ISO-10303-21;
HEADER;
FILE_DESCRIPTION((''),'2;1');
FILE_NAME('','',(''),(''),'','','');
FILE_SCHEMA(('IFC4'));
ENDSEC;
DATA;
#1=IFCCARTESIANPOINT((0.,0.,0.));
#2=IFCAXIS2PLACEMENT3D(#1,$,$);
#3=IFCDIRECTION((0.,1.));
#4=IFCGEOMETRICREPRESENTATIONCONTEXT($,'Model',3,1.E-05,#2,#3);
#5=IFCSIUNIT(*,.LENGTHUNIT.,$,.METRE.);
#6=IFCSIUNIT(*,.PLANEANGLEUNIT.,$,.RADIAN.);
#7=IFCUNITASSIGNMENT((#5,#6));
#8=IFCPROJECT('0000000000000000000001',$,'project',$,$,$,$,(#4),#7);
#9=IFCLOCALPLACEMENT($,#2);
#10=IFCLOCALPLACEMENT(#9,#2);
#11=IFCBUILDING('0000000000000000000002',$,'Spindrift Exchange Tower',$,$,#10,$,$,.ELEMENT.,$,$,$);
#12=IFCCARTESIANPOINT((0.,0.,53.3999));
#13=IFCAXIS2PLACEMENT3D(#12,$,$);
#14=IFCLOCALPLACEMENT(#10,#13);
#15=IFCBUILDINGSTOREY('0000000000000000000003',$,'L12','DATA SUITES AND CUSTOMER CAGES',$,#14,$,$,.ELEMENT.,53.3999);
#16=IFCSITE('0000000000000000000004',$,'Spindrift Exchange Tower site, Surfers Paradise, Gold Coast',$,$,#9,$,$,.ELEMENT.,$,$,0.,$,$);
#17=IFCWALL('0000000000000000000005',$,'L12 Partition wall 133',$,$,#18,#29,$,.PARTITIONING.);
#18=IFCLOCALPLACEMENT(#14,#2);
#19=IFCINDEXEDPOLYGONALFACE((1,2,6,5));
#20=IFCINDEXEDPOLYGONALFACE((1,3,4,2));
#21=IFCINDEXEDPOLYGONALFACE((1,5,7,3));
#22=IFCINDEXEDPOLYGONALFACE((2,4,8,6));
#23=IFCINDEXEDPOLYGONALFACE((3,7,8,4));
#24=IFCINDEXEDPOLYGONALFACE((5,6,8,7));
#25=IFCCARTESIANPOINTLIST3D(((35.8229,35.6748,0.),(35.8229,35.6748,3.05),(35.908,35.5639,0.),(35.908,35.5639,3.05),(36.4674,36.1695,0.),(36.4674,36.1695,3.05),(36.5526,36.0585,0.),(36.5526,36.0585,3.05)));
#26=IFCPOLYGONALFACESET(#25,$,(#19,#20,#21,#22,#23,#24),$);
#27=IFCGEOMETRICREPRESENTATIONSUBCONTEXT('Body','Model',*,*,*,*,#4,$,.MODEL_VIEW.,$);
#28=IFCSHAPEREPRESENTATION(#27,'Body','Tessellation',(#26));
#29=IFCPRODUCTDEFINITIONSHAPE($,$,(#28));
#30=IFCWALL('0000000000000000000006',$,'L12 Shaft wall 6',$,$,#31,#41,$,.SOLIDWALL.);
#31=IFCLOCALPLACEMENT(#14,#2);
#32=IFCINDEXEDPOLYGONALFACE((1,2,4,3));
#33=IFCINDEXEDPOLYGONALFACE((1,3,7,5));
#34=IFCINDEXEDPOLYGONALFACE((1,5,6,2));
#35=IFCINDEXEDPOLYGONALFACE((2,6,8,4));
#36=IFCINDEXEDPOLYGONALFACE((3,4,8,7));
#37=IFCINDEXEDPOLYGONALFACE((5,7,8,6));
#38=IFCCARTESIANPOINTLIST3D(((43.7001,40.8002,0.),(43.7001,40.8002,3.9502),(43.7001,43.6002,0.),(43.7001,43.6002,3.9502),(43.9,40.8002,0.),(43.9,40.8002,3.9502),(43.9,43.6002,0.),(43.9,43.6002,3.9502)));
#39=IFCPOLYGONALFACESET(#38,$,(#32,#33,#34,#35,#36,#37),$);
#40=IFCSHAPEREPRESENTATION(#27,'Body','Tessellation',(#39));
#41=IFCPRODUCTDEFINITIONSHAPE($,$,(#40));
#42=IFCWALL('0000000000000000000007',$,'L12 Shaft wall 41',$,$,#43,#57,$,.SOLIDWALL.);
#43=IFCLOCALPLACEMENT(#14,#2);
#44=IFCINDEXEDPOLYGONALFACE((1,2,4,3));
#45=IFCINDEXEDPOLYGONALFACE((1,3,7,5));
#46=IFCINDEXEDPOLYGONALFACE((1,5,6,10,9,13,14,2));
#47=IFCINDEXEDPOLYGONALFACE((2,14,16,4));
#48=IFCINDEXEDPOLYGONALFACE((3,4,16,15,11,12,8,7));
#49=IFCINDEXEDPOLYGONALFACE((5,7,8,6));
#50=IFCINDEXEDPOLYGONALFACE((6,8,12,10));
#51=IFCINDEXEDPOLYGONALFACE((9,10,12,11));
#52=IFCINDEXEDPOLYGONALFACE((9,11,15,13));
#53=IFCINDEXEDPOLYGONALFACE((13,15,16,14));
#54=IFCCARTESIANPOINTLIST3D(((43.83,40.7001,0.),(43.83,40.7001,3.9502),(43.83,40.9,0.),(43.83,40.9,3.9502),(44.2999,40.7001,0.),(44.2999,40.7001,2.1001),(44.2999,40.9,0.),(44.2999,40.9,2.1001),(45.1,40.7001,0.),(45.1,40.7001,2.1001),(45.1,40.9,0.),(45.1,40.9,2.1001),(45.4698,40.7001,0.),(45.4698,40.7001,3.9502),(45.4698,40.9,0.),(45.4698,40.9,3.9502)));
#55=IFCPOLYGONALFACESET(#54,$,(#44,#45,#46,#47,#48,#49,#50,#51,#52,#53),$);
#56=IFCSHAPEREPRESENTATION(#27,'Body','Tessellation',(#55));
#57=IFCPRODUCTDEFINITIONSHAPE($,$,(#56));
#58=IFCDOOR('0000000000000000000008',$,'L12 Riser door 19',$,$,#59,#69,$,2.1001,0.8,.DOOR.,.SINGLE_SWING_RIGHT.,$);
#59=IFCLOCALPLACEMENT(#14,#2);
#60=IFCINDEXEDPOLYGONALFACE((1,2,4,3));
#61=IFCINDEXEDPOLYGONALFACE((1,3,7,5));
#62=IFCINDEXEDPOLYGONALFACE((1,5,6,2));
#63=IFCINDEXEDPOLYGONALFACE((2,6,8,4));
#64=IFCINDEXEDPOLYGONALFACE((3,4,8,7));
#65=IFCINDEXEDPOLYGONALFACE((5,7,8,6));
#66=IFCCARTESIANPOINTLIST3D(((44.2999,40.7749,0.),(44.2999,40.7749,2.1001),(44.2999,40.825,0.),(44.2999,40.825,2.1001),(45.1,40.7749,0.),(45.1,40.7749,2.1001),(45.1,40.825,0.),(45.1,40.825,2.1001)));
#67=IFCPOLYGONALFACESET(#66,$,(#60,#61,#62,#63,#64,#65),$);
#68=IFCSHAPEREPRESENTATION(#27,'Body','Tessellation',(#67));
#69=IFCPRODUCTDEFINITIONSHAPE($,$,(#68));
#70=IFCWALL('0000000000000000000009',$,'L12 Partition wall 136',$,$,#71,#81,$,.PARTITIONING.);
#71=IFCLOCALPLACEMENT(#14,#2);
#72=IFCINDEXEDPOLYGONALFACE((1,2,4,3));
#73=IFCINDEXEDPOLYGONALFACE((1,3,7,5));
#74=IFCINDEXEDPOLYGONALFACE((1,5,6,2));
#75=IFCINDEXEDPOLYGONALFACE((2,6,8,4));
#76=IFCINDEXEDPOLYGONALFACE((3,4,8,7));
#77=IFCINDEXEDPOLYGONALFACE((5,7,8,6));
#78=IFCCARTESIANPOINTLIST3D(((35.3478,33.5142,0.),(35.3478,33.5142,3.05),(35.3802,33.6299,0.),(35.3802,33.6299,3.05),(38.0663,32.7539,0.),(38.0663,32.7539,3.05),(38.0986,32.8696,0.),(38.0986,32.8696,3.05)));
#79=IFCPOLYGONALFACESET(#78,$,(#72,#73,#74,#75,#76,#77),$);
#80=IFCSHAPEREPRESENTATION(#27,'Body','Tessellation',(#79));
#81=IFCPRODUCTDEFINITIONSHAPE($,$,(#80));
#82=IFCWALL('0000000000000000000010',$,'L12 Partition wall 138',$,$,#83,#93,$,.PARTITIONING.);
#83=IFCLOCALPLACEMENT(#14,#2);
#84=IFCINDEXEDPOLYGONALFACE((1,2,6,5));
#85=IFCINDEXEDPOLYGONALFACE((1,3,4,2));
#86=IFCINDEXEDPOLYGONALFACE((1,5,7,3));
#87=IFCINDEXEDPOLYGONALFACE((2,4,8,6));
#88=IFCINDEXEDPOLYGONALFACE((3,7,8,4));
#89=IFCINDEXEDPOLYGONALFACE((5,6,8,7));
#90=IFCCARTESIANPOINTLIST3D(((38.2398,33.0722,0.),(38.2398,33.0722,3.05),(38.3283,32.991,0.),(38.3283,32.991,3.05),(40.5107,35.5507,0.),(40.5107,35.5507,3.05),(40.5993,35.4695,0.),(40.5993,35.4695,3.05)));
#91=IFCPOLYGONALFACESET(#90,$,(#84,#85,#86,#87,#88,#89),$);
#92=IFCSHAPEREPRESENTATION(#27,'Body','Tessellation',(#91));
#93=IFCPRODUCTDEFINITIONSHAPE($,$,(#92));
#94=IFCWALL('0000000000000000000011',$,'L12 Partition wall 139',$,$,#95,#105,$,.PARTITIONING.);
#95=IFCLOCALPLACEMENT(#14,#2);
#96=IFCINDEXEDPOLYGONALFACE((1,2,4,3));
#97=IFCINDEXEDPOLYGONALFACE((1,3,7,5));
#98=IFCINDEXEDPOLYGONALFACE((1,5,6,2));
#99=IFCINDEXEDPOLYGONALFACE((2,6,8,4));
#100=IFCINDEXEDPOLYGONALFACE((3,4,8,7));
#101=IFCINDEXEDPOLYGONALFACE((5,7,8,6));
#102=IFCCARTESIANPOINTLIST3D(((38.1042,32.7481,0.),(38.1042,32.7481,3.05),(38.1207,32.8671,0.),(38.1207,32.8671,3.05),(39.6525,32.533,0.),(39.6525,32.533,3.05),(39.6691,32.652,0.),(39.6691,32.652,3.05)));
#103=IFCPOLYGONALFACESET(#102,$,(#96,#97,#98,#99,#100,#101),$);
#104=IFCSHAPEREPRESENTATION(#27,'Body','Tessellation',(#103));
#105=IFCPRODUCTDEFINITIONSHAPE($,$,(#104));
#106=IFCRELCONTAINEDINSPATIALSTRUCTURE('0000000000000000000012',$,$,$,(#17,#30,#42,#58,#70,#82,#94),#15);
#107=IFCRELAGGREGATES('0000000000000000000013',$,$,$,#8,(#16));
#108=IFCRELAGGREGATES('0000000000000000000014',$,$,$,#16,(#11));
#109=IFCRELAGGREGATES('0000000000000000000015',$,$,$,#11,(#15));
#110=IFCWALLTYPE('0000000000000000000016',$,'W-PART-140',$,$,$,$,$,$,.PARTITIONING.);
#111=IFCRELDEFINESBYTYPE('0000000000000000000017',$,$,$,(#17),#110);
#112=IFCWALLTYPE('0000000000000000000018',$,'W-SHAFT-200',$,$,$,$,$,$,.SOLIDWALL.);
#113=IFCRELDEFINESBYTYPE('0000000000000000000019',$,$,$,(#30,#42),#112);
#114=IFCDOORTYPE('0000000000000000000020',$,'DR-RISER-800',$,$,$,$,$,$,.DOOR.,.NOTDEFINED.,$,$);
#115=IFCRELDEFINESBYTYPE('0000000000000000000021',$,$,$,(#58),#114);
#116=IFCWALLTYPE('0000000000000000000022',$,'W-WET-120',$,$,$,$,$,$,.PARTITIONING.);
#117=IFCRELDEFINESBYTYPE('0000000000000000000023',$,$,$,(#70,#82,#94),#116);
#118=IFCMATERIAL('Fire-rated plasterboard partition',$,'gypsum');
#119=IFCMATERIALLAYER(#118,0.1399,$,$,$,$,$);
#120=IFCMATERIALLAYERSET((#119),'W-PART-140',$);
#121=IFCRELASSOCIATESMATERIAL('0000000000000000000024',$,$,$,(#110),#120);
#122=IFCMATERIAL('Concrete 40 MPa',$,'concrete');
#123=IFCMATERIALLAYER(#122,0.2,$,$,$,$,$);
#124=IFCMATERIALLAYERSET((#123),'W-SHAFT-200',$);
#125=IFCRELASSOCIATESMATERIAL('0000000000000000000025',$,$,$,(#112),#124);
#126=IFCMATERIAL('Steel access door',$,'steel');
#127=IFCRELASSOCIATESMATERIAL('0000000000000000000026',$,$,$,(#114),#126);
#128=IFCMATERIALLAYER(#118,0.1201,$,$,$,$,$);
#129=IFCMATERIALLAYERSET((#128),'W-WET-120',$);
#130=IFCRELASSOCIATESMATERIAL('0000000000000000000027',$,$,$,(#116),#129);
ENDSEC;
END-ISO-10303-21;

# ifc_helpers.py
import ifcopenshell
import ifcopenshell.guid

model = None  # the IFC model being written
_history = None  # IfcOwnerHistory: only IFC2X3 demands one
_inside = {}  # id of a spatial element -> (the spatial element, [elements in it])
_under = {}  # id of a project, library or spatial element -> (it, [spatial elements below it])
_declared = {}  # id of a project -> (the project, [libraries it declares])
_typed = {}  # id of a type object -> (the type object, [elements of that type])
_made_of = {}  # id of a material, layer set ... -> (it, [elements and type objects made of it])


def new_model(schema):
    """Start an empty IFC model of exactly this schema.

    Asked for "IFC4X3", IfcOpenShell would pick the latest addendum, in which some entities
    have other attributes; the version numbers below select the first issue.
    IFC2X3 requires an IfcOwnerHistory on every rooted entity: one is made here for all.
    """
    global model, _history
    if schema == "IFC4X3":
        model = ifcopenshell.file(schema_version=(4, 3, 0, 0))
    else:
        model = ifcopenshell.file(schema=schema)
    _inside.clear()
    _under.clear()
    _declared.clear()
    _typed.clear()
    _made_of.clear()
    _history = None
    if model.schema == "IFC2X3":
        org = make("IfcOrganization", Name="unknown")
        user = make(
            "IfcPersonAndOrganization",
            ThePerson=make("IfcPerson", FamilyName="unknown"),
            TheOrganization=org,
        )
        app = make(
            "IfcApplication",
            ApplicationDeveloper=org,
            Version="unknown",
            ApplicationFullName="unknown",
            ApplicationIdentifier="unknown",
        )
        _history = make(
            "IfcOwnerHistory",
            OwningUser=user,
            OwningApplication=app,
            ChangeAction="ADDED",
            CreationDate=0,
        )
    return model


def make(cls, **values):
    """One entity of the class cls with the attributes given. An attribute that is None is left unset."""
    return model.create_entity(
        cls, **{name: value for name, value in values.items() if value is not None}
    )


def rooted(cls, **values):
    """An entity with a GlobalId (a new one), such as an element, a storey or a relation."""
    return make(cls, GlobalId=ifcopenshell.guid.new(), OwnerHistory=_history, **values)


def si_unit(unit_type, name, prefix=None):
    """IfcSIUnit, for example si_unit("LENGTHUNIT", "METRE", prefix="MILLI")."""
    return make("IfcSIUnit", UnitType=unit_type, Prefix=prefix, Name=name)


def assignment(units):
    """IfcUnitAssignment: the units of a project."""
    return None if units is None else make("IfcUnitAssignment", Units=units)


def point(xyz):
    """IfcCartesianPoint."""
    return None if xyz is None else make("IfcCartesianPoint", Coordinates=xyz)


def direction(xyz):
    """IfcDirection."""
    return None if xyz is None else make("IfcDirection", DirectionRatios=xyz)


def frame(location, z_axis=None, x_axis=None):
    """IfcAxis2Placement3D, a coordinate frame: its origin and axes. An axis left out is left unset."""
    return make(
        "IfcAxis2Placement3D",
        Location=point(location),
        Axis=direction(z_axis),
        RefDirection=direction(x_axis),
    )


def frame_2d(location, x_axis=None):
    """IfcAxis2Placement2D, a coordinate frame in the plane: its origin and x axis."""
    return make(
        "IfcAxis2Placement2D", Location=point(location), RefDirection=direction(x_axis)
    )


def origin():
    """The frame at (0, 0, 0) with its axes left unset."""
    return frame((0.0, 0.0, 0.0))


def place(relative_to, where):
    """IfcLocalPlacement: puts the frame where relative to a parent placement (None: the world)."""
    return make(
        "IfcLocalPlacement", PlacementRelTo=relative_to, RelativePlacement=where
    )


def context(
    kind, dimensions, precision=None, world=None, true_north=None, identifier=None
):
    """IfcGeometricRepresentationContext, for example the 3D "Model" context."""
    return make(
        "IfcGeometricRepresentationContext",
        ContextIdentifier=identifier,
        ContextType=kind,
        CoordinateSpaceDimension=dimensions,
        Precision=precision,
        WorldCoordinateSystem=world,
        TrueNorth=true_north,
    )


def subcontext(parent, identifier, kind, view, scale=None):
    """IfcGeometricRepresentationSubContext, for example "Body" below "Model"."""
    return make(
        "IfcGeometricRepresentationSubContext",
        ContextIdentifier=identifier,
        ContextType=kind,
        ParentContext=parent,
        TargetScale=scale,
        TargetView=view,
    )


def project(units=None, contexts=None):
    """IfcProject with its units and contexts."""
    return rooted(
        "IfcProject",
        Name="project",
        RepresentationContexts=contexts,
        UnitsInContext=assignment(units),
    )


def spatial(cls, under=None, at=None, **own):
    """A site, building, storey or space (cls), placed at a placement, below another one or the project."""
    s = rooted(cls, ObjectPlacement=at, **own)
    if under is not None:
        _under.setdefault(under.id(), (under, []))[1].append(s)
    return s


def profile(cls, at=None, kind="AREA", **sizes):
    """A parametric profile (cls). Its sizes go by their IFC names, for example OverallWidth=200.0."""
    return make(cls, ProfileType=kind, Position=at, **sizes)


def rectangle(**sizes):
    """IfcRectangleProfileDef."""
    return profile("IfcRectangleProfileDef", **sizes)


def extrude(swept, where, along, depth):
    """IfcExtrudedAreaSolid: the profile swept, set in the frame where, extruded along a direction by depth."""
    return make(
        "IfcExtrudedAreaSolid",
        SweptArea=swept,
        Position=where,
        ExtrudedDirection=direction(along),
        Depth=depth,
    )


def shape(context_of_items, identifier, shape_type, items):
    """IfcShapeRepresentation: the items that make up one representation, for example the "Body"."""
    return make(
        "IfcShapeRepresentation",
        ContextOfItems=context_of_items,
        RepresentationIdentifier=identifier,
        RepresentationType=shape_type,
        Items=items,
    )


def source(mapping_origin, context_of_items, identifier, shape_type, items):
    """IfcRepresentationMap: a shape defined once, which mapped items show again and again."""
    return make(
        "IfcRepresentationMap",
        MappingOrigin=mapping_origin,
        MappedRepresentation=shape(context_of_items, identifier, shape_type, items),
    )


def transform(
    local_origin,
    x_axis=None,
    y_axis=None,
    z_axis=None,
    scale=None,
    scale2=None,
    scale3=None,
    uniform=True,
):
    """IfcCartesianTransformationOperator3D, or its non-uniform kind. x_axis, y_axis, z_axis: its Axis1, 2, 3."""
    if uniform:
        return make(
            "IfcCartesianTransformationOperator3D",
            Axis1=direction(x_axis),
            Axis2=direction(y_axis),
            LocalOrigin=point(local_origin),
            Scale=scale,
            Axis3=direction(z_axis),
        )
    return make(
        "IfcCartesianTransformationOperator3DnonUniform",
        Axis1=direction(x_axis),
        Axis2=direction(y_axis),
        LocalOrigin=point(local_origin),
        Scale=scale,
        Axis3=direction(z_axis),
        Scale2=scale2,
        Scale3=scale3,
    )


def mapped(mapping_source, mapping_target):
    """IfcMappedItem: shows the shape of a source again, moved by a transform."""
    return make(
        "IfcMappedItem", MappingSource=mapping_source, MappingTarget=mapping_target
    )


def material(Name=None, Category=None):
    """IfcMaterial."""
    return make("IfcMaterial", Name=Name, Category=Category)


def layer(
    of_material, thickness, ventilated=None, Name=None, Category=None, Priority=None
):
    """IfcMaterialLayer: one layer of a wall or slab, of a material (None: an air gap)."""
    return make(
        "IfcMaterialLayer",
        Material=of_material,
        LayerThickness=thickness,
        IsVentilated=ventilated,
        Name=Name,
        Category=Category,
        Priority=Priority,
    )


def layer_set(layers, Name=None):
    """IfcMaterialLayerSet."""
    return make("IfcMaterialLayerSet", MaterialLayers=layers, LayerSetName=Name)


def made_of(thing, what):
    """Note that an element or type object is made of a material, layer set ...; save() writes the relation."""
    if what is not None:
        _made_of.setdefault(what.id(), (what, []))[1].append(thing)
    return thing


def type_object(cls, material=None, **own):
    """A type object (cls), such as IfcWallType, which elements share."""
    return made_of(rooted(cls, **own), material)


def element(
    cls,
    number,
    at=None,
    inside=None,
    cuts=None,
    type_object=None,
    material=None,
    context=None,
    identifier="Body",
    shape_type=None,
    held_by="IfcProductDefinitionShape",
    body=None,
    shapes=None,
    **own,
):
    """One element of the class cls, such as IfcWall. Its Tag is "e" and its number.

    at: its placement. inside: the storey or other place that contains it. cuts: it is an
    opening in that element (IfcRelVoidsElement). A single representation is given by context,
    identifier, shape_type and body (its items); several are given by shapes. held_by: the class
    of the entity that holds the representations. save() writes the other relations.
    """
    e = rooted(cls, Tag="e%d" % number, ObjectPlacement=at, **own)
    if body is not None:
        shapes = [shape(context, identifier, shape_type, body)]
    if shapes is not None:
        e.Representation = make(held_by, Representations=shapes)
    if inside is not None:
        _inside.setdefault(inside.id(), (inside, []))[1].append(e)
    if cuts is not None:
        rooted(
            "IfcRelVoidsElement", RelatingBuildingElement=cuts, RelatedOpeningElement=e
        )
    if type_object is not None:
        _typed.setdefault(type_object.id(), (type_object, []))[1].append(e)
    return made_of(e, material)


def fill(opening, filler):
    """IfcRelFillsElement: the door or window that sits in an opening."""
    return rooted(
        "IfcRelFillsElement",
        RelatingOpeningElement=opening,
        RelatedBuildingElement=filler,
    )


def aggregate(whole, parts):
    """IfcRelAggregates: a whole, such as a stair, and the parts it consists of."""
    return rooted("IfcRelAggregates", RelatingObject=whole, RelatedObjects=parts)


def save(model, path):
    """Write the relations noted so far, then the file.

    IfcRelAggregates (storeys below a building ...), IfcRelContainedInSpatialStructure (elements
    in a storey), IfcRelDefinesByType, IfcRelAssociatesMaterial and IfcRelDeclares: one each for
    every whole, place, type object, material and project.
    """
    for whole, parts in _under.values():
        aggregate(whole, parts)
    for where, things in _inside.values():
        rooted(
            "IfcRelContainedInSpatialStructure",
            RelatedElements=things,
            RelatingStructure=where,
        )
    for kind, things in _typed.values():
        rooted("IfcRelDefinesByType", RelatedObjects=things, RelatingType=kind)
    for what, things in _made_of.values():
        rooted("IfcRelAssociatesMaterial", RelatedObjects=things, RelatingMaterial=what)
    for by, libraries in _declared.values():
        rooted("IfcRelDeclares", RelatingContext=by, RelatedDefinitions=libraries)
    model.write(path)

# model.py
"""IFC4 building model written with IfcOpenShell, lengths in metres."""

from ifc_helpers import new_model, si_unit, direction, frame, frame_2d, origin, place, context, subcontext, project, spatial, rectangle, extrude, source, transform, mapped, material, layer, layer_set, type_object, element, fill, save


model = new_model("IFC4")

# Units and contexts
model_context = context("Model", 3, precision=1e-05, world=origin(), true_north=direction((0.0, 1.0)))
body_context = subcontext(model_context, "Body", "Model", "MODEL_VIEW")
ifc_project = project(units=[si_unit("LENGTHUNIT", "METRE"), si_unit("PLANEANGLEUNIT", "RADIAN")], contexts=[model_context])

# Site, building, storey
site_placement = place(None, origin())
site = spatial("IfcSite", under=ifc_project, at=site_placement, Name="Spindrift Exchange Tower site, Surfers Paradise, Gold Coast", CompositionType="ELEMENT", RefElevation=0.0)
building_placement = place(site_placement, origin())
building = spatial("IfcBuilding", under=site, at=building_placement, Name="Spindrift Exchange Tower", CompositionType="ELEMENT")
storey_placement = place(building_placement, frame((0.0, 0.0, 53.3999)))
storey = spatial("IfcBuildingStorey", under=building, at=storey_placement, Name="L12", Description="DATA SUITES AND CUSTOMER CAGES", CompositionType="ELEMENT", Elevation=53.3999)

# Shared definitions
ifc_material_1 = material(Name="Fire-rated plasterboard partition", Category="gypsum")

# Shared definitions
ifc_material_2 = material(Name="Steel access door", Category="steel")

# Walls
ifc_layer_1 = layer(ifc_material_1, 0.1399)
ifc_layer_set_1 = layer_set([ifc_layer_1], Name="W-PART-140")
wall_type_1 = type_object("IfcWallType", Name="W-PART-140", PredefinedType="PARTITIONING", material=ifc_layer_set_1)
wall_1_placement = place(storey_placement, frame((36.51, 36.114, 0.0), z_axis=(0.0, 0.0, 1.0), x_axis=(-0.793316, -0.60881, 0.0)))
element("IfcWall", 1, at=wall_1_placement, inside=storey, type_object=wall_type_1, Name="L12 Partition wall 133", PredefinedType="PARTITIONING", context=body_context, shape_type="SweptSolid", body=[
    extrude(rectangle(XDim=0.8125, YDim=0.1399, at=frame_2d((0.4062, 0.0))), origin(), (0.0, 0.0, 1.0), 3.05),
])
ifc_material_3 = material(Name="Concrete 40 MPa", Category="concrete")
ifc_layer_2 = layer(ifc_material_3, 0.2)
ifc_layer_set_2 = layer_set([ifc_layer_2], Name="W-SHAFT-200")
wall_type_2 = type_object("IfcWallType", Name="W-SHAFT-200", PredefinedType="SOLIDWALL", material=ifc_layer_set_2)
wall_2_placement = place(storey_placement, frame((43.8, 43.6001, 0.0), z_axis=(0.0, 0.0, 1.0), x_axis=(0.0, -1.0, 0.0)))
element("IfcWall", 2, at=wall_2_placement, inside=storey, type_object=wall_type_2, Name="L12 Shaft wall 6", PredefinedType="SOLIDWALL", context=body_context, shape_type="SweptSolid", body=[
    extrude(rectangle(XDim=2.8, YDim=0.2, at=frame_2d((1.3999, 0.0))), origin(), (0.0, 0.0, 1.0), 3.9502),
])

# Wall, opening, door
wall_3_placement = place(storey_placement, frame((43.8301, 40.8, 0.0), z_axis=(0.0, 0.0, 1.0), x_axis=(1.0, 0.0, 0.0)))
wall_3 = element("IfcWall", 3, at=wall_3_placement, inside=storey, type_object=wall_type_2, Name="L12 Shaft wall 41", PredefinedType="SOLIDWALL", context=body_context, shape_type="SweptSolid", body=[
    extrude(rectangle(XDim=1.6399, YDim=0.2, at=frame_2d((0.8198, 0.0))), origin(), (0.0, 0.0, 1.0), 3.9502),
])
opening_1_placement = place(wall_3_placement, frame((0.47, 0.0, 0.0)))
opening_1 = element("IfcOpeningElement", 4, at=opening_1_placement, cuts=wall_3, PredefinedType="OPENING", context=body_context, shape_type="SweptSolid", body=[
    extrude(rectangle(XDim=0.8, YDim=2.1001, at=frame_2d((0.3999, 1.05))), frame((0.0, 0.1099, 0.0), z_axis=(0.0, -1.0, 0.0), x_axis=(1.0, 0.0, 0.0)), (0.0, 0.0, 1.0), 0.22),
])
door_type_1 = type_object("IfcDoorType", Name="DR-RISER-800", OperationType="NOTDEFINED", PredefinedType="DOOR", material=ifc_material_2)
shared_shape_1 = source(origin(), body_context, "Body", "SweptSolid", [
    extrude(rectangle(XDim=0.8, YDim=2.1001, at=frame_2d((0.3999, 1.05))), frame((0.0, 0.0249, 0.0), z_axis=(0.0, -1.0, 0.0), x_axis=(1.0, 0.0, 0.0)), (0.0, 0.0, 1.0), 0.05),
])
door_1_placement = place(opening_1_placement, origin())
door_1 = element("IfcDoor", 5, at=door_1_placement, inside=storey, type_object=door_type_1, Name="L12 Riser door 19", OperationType="SINGLE_SWING_RIGHT", OverallHeight=2.1001, OverallWidth=0.8, PredefinedType="DOOR", context=body_context, shape_type="MappedRepresentation", body=[
    mapped(shared_shape_1, transform((0.0, 0.0, 0.0), scale=1.0)),
])
fill(opening_1, door_1)

# Walls
ifc_layer_3 = layer(ifc_material_1, 0.1201)
ifc_layer_set_3 = layer_set([ifc_layer_3], Name="W-WET-120")
wall_type_3 = type_object("IfcWallType", Name="W-WET-120", PredefinedType="PARTITIONING", material=ifc_layer_set_3)
wall_4_placement = place(storey_placement, frame((35.364, 33.572, 0.0), z_axis=(0.0, 0.0, 1.0), x_axis=(0.963049, -0.269325, 0.0)))
element("IfcWall", 6, at=wall_4_placement, inside=storey, type_object=wall_type_3, Name="L12 Partition wall 136", PredefinedType="PARTITIONING", context=body_context, shape_type="SweptSolid", body=[
    extrude(rectangle(XDim=2.8228, YDim=0.1201, at=frame_2d((1.4114, 0.0))), origin(), (0.0, 0.0, 1.0), 3.05),
])
wall_5_placement = place(storey_placement, frame((40.5549, 35.51, 0.0), z_axis=(0.0, 0.0, 1.0), x_axis=(-0.675567, -0.737299, 0.0)))
element("IfcWall", 7, at=wall_5_placement, inside=storey, type_object=wall_type_3, Name="L12 Partition wall 138", PredefinedType="PARTITIONING", context=body_context, shape_type="SweptSolid", body=[
    extrude(rectangle(XDim=3.3616, YDim=0.1201, at=frame_2d((1.6807, 0.0))), origin(), (0.0, 0.0, 1.0), 3.05),
])
wall_6_placement = place(storey_placement, frame((38.1123, 32.8076, 0.0), z_axis=(0.0, 0.0, 1.0), x_axis=(0.990489, -0.137594, 0.0)))
element("IfcWall", 8, at=wall_6_placement, inside=storey, type_object=wall_type_3, Name="L12 Partition wall 139", PredefinedType="PARTITIONING", context=body_context, shape_type="SweptSolid", body=[
    extrude(rectangle(XDim=1.5632, YDim=0.1201, at=frame_2d((0.7817, 0.0))), origin(), (0.0, 0.0, 1.0), 3.05),
])

save(model, "model.ifc")
